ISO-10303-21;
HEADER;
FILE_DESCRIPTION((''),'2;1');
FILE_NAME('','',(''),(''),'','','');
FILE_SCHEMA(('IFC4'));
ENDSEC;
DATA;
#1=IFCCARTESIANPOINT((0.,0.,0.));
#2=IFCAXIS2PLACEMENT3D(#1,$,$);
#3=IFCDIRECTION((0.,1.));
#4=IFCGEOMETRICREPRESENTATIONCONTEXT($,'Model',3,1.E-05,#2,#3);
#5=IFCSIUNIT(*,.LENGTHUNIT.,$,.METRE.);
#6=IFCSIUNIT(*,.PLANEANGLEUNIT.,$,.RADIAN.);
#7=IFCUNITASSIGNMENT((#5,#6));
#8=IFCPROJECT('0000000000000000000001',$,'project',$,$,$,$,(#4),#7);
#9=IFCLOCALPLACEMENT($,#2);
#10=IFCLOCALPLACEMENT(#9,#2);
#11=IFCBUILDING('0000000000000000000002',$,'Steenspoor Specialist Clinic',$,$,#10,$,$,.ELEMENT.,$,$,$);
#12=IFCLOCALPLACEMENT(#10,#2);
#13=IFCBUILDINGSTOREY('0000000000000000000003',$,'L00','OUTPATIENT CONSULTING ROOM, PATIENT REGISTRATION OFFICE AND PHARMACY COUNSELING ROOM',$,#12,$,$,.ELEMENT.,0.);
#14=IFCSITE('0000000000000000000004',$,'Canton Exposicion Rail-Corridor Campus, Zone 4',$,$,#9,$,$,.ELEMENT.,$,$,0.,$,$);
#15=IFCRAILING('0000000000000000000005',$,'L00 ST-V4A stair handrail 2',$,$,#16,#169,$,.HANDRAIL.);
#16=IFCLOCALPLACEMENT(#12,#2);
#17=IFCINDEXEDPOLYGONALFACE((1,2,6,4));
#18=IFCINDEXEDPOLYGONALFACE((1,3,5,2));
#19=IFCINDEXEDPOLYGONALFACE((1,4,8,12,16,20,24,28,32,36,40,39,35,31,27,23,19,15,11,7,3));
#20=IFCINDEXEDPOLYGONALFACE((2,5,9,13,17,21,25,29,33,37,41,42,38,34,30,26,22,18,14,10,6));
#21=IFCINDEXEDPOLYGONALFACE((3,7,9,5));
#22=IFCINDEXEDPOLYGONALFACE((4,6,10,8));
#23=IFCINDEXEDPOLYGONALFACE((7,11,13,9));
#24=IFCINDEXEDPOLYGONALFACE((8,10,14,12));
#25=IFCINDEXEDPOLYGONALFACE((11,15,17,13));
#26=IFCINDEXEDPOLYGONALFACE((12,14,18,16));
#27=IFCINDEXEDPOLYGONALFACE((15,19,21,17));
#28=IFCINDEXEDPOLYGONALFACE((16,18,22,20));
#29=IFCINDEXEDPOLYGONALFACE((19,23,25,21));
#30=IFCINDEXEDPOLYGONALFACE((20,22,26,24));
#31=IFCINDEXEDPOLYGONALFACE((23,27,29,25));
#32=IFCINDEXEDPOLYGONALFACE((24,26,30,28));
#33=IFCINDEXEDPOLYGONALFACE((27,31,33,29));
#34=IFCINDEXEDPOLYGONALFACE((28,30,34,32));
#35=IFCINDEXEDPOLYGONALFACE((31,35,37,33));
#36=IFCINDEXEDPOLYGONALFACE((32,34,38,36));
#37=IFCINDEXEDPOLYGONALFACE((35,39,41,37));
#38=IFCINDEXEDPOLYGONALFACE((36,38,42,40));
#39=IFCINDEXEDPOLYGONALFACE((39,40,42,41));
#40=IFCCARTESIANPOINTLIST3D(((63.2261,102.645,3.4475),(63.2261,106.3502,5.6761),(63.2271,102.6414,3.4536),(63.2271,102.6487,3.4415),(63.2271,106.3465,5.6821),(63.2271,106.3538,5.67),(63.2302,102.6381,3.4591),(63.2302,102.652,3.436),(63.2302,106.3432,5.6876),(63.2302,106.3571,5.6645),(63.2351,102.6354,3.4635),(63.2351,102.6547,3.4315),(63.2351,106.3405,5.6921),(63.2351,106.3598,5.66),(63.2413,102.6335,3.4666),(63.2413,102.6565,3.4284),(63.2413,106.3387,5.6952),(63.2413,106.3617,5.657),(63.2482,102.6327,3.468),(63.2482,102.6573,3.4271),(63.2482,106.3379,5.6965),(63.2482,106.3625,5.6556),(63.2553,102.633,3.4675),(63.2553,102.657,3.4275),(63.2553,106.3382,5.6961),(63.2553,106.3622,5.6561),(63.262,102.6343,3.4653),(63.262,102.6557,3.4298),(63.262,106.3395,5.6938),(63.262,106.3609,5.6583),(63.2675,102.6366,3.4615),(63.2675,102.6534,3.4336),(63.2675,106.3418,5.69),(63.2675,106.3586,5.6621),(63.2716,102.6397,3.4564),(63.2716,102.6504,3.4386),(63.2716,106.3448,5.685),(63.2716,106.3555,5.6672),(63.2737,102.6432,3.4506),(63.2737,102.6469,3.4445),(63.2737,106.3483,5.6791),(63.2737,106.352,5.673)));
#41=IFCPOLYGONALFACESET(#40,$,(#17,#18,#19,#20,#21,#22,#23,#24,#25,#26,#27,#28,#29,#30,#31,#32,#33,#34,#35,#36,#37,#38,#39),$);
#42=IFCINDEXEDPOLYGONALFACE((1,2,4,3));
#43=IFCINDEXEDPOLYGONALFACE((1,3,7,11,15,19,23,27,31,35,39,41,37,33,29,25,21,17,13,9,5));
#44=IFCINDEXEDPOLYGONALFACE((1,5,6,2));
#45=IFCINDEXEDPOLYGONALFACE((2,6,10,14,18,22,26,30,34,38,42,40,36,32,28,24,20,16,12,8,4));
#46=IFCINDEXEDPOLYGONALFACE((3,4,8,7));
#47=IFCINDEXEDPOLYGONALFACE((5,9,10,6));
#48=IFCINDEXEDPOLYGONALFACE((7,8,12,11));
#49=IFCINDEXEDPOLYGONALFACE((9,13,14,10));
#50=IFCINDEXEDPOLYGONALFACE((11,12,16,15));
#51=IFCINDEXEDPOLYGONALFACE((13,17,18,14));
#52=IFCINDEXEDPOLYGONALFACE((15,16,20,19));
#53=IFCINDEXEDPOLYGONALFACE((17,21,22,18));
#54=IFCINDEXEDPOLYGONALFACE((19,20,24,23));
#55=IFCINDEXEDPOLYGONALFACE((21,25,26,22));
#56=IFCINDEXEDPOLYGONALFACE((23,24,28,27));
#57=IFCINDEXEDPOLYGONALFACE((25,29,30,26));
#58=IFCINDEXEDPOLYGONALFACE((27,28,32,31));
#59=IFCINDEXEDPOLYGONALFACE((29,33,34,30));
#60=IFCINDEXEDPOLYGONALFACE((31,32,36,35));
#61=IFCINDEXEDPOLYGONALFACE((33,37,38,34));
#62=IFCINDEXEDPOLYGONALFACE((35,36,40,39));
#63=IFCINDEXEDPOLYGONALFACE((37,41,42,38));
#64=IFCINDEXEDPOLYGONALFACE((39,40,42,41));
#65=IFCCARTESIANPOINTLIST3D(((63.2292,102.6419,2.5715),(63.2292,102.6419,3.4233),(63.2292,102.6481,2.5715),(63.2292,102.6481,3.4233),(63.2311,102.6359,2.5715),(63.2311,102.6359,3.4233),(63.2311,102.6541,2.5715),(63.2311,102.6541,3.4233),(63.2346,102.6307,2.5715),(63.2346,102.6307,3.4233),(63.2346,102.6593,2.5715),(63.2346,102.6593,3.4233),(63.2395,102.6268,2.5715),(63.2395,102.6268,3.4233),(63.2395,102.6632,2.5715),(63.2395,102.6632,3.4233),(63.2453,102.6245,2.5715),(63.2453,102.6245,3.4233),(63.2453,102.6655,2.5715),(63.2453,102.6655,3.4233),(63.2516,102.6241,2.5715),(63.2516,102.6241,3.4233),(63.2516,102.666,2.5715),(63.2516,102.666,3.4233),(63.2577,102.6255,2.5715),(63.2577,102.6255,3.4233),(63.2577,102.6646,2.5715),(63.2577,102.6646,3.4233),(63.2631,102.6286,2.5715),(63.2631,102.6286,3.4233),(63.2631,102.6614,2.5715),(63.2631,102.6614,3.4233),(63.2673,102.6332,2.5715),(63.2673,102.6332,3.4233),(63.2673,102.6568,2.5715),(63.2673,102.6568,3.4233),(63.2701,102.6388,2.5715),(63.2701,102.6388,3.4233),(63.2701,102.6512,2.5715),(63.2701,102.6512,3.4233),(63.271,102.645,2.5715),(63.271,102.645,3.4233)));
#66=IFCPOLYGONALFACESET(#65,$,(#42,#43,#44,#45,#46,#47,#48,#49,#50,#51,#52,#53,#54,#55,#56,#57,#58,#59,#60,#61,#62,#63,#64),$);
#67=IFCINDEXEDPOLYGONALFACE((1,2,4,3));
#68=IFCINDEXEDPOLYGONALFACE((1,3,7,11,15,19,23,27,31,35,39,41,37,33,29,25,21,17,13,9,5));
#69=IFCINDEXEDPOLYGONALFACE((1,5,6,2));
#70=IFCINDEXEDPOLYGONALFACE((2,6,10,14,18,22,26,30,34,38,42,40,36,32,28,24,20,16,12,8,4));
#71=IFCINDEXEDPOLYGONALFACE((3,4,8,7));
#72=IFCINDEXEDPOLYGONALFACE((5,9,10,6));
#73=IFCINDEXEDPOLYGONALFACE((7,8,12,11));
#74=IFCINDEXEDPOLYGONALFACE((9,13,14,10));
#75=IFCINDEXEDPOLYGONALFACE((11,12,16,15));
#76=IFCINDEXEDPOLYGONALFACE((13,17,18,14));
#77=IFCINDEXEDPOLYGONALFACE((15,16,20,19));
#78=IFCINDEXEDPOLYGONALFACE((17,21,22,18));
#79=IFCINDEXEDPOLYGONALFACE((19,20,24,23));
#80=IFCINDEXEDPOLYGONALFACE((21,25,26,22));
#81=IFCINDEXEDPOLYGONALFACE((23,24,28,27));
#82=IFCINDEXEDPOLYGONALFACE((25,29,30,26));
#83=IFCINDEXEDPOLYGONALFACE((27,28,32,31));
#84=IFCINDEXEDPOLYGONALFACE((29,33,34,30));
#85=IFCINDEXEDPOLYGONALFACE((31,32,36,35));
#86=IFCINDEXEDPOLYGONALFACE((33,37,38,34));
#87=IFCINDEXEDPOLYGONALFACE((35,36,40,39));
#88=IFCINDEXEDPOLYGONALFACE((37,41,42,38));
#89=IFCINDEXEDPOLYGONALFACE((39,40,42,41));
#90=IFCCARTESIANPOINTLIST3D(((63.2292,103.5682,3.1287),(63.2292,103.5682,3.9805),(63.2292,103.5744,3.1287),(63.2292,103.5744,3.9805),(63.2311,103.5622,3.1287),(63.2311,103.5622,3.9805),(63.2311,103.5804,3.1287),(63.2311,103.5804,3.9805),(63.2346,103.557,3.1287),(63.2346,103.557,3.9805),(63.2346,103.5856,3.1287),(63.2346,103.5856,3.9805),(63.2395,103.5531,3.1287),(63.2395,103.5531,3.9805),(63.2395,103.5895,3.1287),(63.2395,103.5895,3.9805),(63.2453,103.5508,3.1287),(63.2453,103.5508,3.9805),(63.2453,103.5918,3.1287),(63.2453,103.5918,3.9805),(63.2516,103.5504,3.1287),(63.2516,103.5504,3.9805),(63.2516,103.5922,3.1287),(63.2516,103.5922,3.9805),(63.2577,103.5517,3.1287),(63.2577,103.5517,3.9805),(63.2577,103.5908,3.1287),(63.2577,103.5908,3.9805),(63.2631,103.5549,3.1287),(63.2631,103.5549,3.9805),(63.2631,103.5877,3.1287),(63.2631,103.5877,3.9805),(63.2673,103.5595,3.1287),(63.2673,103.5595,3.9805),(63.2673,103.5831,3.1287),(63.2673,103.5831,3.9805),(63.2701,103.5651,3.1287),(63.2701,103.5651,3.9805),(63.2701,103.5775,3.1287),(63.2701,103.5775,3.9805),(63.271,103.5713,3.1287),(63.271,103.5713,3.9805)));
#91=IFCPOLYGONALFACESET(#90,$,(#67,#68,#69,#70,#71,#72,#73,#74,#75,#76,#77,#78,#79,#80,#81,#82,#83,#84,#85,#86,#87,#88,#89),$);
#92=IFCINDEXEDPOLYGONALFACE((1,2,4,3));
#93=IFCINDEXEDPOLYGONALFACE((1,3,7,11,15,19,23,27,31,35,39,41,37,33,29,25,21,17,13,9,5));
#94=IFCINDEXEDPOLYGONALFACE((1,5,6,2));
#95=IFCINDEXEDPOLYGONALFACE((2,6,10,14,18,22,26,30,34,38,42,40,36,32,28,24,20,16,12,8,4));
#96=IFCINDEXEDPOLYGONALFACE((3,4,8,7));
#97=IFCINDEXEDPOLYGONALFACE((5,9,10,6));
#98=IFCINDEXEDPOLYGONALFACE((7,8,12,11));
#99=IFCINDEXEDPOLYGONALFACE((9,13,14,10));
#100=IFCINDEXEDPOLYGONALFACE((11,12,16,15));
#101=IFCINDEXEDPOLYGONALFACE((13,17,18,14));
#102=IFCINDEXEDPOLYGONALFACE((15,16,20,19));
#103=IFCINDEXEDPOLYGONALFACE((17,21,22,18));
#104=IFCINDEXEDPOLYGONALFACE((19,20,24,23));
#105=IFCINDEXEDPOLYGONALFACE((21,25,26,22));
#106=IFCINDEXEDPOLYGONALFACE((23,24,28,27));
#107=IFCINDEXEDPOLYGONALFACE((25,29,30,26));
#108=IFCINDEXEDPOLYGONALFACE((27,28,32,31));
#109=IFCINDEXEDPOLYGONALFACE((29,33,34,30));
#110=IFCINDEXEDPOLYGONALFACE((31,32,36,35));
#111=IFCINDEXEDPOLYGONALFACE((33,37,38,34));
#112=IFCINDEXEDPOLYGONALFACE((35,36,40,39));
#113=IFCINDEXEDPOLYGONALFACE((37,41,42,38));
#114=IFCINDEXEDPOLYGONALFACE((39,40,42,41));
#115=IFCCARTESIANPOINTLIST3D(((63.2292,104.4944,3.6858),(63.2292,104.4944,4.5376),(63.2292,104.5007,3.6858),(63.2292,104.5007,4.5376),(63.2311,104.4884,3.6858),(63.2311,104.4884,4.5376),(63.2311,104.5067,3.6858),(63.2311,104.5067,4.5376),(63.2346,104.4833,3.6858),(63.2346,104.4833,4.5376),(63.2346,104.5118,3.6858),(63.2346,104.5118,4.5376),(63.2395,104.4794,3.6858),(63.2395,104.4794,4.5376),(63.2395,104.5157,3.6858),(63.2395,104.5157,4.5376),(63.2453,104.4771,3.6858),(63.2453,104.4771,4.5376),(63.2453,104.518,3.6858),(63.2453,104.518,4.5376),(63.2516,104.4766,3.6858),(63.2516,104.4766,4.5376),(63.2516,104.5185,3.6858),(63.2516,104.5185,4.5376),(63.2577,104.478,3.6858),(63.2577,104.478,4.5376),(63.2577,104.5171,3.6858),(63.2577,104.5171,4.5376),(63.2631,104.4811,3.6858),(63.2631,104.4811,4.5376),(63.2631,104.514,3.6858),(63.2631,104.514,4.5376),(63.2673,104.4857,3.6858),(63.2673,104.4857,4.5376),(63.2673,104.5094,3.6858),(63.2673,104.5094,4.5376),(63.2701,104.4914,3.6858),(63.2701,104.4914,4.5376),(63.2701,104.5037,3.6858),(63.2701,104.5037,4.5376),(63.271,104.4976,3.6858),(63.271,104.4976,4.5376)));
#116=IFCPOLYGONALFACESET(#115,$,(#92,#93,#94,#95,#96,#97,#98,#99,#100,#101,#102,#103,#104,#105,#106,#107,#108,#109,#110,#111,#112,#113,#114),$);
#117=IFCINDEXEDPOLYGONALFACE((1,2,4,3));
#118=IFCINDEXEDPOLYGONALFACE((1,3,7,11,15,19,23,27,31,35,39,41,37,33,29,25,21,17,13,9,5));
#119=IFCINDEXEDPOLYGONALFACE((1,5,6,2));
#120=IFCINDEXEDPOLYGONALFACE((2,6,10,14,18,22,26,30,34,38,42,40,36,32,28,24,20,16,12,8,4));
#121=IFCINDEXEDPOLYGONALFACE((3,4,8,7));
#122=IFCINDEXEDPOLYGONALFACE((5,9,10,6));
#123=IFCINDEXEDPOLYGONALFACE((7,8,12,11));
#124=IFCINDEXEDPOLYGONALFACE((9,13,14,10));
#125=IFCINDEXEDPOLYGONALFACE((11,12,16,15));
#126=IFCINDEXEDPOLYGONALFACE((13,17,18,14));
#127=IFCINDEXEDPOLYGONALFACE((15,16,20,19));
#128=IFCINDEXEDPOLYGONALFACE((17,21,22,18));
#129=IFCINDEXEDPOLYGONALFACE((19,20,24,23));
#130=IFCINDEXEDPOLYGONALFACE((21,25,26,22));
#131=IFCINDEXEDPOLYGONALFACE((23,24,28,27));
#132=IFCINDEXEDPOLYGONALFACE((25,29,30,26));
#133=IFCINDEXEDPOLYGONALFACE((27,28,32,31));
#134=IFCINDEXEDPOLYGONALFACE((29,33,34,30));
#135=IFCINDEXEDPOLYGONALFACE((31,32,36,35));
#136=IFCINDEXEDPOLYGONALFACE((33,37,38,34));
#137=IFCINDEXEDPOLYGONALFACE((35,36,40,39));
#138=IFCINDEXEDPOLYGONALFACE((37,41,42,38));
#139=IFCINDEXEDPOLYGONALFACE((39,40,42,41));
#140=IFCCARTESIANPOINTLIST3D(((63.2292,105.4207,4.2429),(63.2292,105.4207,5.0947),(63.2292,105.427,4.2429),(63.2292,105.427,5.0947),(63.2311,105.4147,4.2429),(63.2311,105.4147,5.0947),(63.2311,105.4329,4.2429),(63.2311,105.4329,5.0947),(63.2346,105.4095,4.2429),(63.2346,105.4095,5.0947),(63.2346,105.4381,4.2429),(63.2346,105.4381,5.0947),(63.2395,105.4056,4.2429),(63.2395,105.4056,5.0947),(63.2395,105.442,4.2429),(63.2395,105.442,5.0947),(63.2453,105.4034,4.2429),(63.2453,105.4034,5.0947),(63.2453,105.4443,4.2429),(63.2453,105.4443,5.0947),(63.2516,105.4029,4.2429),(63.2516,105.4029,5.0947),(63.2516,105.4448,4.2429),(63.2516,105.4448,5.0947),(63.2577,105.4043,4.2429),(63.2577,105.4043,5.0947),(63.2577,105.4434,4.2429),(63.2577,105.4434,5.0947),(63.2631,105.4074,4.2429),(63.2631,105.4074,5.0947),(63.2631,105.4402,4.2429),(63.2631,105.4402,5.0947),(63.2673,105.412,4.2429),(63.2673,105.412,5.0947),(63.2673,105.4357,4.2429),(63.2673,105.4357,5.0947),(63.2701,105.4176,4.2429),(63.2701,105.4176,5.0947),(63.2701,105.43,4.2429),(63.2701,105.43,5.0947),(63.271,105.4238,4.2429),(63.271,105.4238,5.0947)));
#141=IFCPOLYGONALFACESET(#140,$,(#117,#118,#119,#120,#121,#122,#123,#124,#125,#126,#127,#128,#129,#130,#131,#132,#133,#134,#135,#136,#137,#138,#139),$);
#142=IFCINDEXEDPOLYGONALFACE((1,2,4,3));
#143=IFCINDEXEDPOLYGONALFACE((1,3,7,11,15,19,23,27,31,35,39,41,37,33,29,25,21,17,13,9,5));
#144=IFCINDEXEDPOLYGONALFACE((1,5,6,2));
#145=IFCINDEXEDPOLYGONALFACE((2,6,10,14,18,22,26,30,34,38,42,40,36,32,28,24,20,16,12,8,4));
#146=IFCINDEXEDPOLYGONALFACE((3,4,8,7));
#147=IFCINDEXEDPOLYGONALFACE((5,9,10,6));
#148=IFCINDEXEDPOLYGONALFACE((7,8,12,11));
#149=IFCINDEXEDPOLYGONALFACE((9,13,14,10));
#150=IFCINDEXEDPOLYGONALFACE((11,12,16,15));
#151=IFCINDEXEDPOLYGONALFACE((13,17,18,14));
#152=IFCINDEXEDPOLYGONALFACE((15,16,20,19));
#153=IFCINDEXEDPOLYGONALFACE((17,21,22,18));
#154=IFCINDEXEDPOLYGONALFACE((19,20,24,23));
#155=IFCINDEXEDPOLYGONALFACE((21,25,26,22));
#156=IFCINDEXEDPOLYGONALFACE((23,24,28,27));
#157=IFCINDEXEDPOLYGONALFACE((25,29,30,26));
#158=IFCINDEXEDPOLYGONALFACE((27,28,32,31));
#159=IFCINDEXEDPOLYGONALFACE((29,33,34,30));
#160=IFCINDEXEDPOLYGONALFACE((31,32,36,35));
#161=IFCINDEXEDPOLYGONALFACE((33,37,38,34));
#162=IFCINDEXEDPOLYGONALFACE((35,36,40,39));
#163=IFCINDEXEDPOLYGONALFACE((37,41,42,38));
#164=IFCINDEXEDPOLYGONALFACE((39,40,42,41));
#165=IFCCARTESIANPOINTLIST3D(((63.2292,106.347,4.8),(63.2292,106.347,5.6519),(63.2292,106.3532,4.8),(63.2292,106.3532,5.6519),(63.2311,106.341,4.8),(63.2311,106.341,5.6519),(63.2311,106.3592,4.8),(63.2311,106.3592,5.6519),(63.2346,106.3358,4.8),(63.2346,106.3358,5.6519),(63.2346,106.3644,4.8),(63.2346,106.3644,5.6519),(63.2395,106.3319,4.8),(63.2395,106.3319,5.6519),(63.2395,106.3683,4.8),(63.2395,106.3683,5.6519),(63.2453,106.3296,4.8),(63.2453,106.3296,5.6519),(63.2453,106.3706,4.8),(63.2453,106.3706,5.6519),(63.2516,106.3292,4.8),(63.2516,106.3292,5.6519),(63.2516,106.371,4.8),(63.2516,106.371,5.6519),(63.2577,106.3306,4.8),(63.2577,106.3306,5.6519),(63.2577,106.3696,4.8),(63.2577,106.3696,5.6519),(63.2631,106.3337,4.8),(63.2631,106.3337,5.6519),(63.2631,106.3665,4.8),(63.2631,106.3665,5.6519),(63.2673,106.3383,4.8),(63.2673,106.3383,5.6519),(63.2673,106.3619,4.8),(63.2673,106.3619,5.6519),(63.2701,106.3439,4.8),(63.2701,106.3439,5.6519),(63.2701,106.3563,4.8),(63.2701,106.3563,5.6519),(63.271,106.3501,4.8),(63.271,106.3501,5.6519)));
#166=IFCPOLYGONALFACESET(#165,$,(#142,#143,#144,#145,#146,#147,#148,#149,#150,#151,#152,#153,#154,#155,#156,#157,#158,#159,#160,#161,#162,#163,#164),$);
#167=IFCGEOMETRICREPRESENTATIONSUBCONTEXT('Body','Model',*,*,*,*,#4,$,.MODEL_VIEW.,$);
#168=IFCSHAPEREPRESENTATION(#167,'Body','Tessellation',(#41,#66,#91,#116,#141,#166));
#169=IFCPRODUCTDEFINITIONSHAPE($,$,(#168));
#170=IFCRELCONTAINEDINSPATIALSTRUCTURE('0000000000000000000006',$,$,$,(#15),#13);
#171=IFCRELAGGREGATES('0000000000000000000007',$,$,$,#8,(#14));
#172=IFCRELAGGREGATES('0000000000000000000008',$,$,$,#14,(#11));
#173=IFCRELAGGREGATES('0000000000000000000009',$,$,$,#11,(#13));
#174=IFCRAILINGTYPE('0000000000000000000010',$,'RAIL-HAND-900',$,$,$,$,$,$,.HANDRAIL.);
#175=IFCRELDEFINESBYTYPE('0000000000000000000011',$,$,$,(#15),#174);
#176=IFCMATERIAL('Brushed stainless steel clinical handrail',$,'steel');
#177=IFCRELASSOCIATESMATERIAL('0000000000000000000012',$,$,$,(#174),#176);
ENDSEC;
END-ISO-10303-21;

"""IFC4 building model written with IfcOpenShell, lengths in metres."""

from ifc_helpers import new_model, si_unit, direction, frame, origin, origin_2d, place, context, subcontext, project, spatial, circle, extrude, material, type_object, element, save


model = new_model("IFC4")

# Units and contexts
model_context = context("Model", 3, precision=1e-05, world=origin(), true_north=direction((0.0, 1.0)))
body_context = subcontext(model_context, "Body", "Model", "MODEL_VIEW")
ifc_project = project(units=[si_unit("LENGTHUNIT", "METRE"), si_unit("PLANEANGLEUNIT", "RADIAN")], contexts=[model_context])

# Site, building, storey
site_placement = place(None, origin())
site = spatial("IfcSite", under=ifc_project, at=site_placement, Name="Canton Exposicion Rail-Corridor Campus, Zone 4", CompositionType="ELEMENT", RefElevation=0.0)
building_placement = place(site_placement, origin())
building = spatial("IfcBuilding", under=site, at=building_placement, Name="Steenspoor Specialist Clinic", CompositionType="ELEMENT")
storey_placement = place(building_placement, origin())
storey = spatial("IfcBuildingStorey", under=building, at=storey_placement, Name="L00", Description="OUTPATIENT CONSULTING ROOM, PATIENT REGISTRATION OFFICE AND PHARMACY COUNSELING ROOM", CompositionType="ELEMENT", Elevation=0.0)

# Railing
ifc_material_1 = material(Name="Brushed stainless steel clinical handrail", Category="steel")
railing_type_1 = type_object("IfcRailingType", Name="RAIL-HAND-900", PredefinedType="HANDRAIL", material=ifc_material_1)
railing_1_placement = place(storey_placement, frame((63.25, 102.645, 2.5715)))
element("IfcRailing", 1, at=railing_1_placement, inside=storey, type_object=railing_type_1, Name="L00 ST-V4A stair handrail 2", PredefinedType="HANDRAIL", context=body_context, shape_type="SweptSolid", body=[
    extrude(circle(Radius=0.0239, at=origin_2d()), frame((0.0, 0.0, 0.876), z_axis=(0.0, 0.856934, 0.515425), x_axis=(-1.0, 0.0, 0.0)), (0.0, 0.0, 1.0), 4.3237),
    extrude(circle(Radius=0.021, at=origin_2d()), origin(), (0.0, 0.0, 1.0), 0.8518),
    extrude(circle(Radius=0.021, at=origin_2d()), frame((0.0, 0.9263, 0.5571)), (0.0, 0.0, 1.0), 0.8518),
    extrude(circle(Radius=0.021, at=origin_2d()), frame((0.0, 1.8525, 1.1143)), (0.0, 0.0, 1.0), 0.8518),
    extrude(circle(Radius=0.021, at=origin_2d()), frame((0.0, 2.7788, 1.6714)), (0.0, 0.0, 1.0), 0.8518),
    extrude(circle(Radius=0.021, at=origin_2d()), frame((0.0, 3.7051, 2.2285)), (0.0, 0.0, 1.0), 0.8518),
])

save(model, "model.ifc")
